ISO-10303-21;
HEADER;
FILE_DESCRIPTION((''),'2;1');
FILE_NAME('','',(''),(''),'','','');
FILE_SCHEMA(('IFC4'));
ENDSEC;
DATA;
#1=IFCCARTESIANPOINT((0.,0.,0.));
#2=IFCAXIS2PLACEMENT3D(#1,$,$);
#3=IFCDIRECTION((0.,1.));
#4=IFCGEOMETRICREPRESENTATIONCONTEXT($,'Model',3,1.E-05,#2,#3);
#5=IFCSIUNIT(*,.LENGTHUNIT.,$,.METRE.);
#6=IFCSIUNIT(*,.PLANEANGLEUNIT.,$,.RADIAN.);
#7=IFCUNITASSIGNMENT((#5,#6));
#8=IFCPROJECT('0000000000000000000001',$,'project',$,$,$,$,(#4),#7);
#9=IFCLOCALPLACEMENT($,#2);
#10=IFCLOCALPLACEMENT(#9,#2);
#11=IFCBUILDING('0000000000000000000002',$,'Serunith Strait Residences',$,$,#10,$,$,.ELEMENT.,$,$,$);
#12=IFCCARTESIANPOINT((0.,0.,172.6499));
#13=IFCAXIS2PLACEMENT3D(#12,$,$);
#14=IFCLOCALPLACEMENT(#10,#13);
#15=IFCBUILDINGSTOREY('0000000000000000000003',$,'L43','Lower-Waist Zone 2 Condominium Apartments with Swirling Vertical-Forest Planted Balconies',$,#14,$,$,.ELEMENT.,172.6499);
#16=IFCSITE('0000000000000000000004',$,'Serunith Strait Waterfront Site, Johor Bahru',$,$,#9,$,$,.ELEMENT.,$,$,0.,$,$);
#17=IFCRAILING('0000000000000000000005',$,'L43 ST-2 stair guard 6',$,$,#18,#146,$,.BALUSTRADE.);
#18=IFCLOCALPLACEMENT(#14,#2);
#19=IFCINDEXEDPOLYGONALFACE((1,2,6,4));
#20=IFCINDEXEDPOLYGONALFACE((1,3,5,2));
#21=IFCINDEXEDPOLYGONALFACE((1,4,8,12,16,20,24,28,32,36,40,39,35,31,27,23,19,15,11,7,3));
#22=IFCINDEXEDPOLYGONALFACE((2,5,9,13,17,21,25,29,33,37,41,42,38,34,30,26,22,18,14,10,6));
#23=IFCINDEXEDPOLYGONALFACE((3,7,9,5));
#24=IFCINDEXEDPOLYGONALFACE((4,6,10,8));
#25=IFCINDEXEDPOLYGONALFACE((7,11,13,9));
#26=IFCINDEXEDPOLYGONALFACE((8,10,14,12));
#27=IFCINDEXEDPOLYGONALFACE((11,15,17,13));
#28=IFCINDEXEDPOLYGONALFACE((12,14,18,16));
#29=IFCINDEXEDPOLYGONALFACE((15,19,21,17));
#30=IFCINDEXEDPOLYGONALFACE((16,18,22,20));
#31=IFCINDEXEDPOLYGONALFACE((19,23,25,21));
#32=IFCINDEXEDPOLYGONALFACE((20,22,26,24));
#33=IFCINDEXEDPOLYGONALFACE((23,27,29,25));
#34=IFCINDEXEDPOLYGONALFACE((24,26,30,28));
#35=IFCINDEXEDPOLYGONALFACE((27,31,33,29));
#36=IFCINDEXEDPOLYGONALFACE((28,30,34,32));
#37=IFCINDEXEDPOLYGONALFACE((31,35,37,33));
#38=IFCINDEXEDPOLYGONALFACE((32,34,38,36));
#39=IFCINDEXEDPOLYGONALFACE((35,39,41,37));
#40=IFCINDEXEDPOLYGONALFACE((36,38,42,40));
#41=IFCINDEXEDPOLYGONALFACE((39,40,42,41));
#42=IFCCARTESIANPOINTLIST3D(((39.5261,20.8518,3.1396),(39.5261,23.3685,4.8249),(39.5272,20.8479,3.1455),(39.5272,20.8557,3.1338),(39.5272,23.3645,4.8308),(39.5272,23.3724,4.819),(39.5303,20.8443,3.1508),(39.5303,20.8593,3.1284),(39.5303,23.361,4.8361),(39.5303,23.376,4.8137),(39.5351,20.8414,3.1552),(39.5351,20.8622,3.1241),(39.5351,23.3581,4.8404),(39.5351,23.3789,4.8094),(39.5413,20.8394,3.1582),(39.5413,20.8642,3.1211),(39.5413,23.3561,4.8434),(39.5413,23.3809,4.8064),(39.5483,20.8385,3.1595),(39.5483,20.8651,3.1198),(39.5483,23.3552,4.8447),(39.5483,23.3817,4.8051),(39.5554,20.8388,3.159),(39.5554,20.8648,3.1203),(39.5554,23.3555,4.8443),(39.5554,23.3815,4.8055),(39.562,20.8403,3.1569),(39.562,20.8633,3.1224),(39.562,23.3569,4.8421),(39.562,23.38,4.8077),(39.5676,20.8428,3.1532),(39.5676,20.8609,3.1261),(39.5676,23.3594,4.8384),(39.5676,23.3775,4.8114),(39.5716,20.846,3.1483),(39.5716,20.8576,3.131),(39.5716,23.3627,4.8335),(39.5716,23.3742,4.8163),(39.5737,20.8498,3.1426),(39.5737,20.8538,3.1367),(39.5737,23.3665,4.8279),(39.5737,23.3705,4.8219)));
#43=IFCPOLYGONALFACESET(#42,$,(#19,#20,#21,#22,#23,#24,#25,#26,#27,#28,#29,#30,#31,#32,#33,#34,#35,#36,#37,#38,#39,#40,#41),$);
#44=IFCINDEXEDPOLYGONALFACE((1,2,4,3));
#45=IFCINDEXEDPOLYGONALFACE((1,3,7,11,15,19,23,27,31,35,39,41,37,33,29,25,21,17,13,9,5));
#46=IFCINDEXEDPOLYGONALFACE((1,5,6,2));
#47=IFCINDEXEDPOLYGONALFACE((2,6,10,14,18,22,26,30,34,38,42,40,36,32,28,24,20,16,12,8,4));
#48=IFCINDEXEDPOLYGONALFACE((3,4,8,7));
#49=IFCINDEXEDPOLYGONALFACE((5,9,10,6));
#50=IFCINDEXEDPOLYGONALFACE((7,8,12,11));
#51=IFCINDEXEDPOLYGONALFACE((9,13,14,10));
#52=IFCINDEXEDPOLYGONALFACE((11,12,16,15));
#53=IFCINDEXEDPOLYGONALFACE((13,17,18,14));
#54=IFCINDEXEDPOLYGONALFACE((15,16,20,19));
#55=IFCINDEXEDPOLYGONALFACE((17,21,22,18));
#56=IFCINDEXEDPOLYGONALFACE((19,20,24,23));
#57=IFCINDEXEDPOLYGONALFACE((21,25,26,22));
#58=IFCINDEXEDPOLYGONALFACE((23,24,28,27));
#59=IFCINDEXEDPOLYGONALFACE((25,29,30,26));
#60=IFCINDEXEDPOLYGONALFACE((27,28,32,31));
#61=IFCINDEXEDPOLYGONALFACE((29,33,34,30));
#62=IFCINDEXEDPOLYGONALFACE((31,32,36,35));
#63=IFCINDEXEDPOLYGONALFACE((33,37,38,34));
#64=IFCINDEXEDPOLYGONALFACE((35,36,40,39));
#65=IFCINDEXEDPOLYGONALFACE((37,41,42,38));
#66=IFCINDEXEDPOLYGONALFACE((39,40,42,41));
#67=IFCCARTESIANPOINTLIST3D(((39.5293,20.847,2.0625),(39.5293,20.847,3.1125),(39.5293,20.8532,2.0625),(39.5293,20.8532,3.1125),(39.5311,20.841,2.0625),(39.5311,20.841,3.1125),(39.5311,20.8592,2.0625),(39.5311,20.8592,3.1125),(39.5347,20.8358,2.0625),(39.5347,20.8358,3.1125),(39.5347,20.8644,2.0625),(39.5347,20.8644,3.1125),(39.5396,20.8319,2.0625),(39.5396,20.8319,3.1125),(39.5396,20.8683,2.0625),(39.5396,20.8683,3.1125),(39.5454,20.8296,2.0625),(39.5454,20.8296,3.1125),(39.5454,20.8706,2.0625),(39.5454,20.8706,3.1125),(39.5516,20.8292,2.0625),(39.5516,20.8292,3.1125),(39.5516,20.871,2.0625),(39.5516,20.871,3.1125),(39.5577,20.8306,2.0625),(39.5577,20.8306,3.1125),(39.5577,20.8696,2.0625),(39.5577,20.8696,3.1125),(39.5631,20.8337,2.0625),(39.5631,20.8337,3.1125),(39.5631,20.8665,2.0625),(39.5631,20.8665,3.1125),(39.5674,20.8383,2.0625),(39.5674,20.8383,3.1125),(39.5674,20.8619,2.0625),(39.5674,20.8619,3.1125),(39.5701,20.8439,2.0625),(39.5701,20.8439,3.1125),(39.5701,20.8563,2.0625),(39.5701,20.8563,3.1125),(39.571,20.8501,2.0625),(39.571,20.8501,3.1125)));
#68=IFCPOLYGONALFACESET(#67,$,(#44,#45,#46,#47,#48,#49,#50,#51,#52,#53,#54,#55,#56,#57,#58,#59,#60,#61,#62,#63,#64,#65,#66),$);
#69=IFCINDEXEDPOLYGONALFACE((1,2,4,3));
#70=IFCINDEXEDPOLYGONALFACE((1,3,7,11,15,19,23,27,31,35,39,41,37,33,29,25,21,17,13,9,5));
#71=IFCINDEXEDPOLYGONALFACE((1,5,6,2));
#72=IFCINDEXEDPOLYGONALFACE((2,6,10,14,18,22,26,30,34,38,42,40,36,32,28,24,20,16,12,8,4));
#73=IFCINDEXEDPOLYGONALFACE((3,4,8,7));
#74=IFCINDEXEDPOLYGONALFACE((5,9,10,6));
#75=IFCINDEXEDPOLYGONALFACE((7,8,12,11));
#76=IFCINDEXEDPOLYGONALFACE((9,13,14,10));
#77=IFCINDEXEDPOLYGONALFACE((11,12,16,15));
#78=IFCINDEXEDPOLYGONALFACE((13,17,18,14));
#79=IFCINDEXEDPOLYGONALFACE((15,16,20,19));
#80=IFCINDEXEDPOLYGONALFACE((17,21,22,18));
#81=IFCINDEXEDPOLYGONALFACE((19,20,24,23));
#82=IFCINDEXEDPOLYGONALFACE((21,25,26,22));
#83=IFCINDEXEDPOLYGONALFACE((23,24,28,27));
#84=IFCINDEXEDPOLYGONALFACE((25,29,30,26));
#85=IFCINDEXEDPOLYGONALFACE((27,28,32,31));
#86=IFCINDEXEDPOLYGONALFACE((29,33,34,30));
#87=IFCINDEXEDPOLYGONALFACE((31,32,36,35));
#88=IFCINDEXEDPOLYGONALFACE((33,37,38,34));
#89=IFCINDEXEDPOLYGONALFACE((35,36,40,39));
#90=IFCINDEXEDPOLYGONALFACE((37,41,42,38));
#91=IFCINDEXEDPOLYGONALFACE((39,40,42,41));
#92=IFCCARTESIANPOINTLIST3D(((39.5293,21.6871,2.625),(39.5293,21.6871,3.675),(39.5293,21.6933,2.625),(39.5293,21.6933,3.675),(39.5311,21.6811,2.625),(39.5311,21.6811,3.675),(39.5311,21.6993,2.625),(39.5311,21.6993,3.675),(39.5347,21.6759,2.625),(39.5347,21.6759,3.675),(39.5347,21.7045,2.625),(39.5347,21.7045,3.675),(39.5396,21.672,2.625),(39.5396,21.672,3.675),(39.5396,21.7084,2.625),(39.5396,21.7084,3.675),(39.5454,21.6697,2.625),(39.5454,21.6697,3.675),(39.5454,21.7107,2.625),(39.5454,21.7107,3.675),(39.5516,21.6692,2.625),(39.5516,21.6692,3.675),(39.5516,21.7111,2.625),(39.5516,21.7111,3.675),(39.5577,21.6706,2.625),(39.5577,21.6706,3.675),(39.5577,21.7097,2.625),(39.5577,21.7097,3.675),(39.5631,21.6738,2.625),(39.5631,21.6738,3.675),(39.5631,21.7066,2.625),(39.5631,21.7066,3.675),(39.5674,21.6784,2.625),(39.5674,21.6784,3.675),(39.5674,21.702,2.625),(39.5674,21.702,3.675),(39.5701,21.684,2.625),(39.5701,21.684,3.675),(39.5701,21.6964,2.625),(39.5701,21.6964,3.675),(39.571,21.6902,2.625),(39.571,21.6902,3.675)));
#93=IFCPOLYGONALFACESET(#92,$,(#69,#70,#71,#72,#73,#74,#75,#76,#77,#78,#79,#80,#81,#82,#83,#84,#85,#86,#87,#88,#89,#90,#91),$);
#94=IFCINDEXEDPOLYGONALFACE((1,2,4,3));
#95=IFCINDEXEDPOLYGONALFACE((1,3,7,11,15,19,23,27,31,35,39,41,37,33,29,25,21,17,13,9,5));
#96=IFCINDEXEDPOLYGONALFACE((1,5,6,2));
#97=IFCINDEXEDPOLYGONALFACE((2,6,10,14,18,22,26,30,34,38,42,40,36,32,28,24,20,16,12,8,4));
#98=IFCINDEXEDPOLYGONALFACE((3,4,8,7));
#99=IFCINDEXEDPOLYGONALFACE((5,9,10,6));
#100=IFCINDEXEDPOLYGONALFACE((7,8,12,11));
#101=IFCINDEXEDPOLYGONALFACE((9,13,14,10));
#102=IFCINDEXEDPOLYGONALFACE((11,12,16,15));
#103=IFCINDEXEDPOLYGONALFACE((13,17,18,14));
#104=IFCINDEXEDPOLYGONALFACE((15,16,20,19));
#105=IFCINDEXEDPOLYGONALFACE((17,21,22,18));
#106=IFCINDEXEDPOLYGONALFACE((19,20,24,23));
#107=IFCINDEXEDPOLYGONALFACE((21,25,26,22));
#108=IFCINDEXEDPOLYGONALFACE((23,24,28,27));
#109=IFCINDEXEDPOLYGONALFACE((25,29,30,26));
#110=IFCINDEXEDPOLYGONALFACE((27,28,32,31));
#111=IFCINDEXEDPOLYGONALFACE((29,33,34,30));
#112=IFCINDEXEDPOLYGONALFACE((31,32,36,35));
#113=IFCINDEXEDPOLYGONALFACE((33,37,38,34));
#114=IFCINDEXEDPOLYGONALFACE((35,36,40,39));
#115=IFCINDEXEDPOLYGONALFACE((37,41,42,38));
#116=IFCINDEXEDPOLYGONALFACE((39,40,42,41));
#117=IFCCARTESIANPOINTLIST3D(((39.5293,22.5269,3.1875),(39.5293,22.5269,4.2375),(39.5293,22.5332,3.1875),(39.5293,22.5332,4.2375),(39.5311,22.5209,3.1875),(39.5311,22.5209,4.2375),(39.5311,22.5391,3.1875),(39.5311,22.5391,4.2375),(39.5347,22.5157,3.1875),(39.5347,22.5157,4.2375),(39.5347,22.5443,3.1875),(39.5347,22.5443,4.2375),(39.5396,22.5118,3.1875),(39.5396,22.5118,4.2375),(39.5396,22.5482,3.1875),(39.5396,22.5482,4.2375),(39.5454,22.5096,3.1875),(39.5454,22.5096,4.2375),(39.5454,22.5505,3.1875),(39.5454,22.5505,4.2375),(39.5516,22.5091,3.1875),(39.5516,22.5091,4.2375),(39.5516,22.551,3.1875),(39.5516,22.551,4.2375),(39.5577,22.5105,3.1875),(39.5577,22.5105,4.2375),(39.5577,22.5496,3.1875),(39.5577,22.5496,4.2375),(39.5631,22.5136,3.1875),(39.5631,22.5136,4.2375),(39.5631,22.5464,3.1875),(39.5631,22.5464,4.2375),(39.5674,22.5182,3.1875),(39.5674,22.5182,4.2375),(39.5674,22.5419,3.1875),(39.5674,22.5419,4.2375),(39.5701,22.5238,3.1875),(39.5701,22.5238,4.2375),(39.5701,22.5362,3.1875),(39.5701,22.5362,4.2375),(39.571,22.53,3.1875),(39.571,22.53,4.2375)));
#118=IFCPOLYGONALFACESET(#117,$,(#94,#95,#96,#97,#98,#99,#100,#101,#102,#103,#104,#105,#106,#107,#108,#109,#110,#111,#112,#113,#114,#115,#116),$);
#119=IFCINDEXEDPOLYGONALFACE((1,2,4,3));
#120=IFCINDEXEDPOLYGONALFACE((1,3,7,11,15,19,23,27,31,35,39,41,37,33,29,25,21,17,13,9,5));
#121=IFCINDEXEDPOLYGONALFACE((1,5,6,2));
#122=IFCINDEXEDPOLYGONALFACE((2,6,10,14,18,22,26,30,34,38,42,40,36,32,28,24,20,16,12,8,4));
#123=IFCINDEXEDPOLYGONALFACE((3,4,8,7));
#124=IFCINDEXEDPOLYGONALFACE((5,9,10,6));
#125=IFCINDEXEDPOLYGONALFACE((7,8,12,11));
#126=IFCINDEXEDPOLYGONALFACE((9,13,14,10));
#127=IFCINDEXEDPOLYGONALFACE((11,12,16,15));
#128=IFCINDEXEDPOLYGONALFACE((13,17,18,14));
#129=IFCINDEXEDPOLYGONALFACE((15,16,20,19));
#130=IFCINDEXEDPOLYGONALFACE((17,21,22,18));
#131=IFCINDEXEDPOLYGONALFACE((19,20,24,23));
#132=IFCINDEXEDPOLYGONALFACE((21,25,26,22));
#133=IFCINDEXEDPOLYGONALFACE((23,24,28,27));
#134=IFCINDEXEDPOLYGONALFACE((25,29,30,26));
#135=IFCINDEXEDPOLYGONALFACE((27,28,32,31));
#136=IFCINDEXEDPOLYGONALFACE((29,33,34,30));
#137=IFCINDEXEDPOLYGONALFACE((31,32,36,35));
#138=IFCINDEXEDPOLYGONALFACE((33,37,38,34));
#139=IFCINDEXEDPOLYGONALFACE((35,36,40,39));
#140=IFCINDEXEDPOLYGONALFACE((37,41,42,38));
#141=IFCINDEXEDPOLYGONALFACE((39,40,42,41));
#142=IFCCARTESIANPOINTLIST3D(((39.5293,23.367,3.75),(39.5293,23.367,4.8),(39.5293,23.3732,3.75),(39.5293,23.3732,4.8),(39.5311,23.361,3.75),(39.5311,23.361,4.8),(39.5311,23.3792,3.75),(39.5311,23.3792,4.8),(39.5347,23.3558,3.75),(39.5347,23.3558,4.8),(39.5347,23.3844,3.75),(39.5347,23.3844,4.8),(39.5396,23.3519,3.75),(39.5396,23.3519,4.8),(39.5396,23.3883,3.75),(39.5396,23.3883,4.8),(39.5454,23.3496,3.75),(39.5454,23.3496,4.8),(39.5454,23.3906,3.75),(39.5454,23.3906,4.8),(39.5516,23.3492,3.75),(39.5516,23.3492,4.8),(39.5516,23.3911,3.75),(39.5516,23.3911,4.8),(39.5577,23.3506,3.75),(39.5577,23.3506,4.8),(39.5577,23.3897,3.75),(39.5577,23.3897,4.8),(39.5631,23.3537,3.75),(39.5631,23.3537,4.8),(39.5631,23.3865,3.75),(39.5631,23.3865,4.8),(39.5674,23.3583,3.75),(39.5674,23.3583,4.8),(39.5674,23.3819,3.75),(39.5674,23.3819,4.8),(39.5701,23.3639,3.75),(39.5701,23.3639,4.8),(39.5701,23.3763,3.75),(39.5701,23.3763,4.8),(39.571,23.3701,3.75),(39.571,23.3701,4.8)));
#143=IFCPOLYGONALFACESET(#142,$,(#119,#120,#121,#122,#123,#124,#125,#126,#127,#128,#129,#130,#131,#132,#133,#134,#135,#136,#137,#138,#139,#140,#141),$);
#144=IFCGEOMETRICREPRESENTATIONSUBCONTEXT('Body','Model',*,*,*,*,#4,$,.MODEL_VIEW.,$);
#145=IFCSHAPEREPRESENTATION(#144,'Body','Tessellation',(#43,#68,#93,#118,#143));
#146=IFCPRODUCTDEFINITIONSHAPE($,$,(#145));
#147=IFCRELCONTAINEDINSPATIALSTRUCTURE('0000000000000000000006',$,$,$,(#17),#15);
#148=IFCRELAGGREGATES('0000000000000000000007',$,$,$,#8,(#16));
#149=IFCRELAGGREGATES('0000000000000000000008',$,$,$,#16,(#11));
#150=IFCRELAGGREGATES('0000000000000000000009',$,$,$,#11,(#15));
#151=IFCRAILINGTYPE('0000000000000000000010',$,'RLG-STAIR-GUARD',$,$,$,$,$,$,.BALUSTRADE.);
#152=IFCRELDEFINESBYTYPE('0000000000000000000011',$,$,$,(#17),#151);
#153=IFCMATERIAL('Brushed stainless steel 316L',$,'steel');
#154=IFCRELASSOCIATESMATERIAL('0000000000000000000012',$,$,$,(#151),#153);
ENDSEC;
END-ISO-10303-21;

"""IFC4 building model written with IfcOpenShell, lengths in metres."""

from ifc_helpers import new_model, si_unit, direction, frame, origin, origin_2d, place, context, subcontext, project, spatial, circle, extrude, material, type_object, element, save


model = new_model("IFC4")

# Units and contexts
model_context = context("Model", 3, precision=1e-05, world=origin(), true_north=direction((0.0, 1.0)))
body_context = subcontext(model_context, "Body", "Model", "MODEL_VIEW")
ifc_project = project(units=[si_unit("LENGTHUNIT", "METRE"), si_unit("PLANEANGLEUNIT", "RADIAN")], contexts=[model_context])

# Site, building, storey
site_placement = place(None, origin())
site = spatial("IfcSite", under=ifc_project, at=site_placement, Name="Serunith Strait Waterfront Site, Johor Bahru", CompositionType="ELEMENT", RefElevation=0.0)
building_placement = place(site_placement, origin())
building = spatial("IfcBuilding", under=site, at=building_placement, Name="Serunith Strait Residences", CompositionType="ELEMENT")
storey_placement = place(building_placement, frame((0.0, 0.0, 172.6499)))
storey = spatial("IfcBuildingStorey", under=building, at=storey_placement, Name="L43", Description="Lower-Waist Zone 2 Condominium Apartments with Swirling Vertical-Forest Planted Balconies", CompositionType="ELEMENT", Elevation=172.6499)

# Railing
ifc_material_1 = material(Name="Brushed stainless steel 316L", Category="steel")
railing_type_1 = type_object("IfcRailingType", Name="RLG-STAIR-GUARD", PredefinedType="BALUSTRADE", material=ifc_material_1)
railing_1_placement = place(storey_placement, frame((39.55, 20.8501, 2.0625)))
element("IfcRailing", 1, at=railing_1_placement, inside=storey, type_object=railing_type_1, Name="L43 ST-2 stair guard 6", PredefinedType="BALUSTRADE", context=body_context, shape_type="SweptSolid", body=[
    extrude(circle(Radius=0.0239, at=origin_2d()), frame((0.0, 0.0017, 1.0771), z_axis=(0.0, 0.830909, 0.556408), x_axis=(-1.0, 0.0, 0.0)), (0.0, 0.0, 1.0), 3.0288),
    extrude(circle(Radius=0.021, at=origin_2d()), origin(), (0.0, 0.0, 1.0), 1.05),
    extrude(circle(Radius=0.021, at=origin_2d()), frame((0.0, 0.8401, 0.5625)), (0.0, 0.0, 1.0), 1.05),
    extrude(circle(Radius=0.021, at=origin_2d()), frame((0.0, 1.6799, 1.125)), (0.0, 0.0, 1.0), 1.05),
    extrude(circle(Radius=0.021, at=origin_2d()), frame((0.0, 2.52, 1.6875)), (0.0, 0.0, 1.0), 1.05),
])

save(model, "model.ifc")
